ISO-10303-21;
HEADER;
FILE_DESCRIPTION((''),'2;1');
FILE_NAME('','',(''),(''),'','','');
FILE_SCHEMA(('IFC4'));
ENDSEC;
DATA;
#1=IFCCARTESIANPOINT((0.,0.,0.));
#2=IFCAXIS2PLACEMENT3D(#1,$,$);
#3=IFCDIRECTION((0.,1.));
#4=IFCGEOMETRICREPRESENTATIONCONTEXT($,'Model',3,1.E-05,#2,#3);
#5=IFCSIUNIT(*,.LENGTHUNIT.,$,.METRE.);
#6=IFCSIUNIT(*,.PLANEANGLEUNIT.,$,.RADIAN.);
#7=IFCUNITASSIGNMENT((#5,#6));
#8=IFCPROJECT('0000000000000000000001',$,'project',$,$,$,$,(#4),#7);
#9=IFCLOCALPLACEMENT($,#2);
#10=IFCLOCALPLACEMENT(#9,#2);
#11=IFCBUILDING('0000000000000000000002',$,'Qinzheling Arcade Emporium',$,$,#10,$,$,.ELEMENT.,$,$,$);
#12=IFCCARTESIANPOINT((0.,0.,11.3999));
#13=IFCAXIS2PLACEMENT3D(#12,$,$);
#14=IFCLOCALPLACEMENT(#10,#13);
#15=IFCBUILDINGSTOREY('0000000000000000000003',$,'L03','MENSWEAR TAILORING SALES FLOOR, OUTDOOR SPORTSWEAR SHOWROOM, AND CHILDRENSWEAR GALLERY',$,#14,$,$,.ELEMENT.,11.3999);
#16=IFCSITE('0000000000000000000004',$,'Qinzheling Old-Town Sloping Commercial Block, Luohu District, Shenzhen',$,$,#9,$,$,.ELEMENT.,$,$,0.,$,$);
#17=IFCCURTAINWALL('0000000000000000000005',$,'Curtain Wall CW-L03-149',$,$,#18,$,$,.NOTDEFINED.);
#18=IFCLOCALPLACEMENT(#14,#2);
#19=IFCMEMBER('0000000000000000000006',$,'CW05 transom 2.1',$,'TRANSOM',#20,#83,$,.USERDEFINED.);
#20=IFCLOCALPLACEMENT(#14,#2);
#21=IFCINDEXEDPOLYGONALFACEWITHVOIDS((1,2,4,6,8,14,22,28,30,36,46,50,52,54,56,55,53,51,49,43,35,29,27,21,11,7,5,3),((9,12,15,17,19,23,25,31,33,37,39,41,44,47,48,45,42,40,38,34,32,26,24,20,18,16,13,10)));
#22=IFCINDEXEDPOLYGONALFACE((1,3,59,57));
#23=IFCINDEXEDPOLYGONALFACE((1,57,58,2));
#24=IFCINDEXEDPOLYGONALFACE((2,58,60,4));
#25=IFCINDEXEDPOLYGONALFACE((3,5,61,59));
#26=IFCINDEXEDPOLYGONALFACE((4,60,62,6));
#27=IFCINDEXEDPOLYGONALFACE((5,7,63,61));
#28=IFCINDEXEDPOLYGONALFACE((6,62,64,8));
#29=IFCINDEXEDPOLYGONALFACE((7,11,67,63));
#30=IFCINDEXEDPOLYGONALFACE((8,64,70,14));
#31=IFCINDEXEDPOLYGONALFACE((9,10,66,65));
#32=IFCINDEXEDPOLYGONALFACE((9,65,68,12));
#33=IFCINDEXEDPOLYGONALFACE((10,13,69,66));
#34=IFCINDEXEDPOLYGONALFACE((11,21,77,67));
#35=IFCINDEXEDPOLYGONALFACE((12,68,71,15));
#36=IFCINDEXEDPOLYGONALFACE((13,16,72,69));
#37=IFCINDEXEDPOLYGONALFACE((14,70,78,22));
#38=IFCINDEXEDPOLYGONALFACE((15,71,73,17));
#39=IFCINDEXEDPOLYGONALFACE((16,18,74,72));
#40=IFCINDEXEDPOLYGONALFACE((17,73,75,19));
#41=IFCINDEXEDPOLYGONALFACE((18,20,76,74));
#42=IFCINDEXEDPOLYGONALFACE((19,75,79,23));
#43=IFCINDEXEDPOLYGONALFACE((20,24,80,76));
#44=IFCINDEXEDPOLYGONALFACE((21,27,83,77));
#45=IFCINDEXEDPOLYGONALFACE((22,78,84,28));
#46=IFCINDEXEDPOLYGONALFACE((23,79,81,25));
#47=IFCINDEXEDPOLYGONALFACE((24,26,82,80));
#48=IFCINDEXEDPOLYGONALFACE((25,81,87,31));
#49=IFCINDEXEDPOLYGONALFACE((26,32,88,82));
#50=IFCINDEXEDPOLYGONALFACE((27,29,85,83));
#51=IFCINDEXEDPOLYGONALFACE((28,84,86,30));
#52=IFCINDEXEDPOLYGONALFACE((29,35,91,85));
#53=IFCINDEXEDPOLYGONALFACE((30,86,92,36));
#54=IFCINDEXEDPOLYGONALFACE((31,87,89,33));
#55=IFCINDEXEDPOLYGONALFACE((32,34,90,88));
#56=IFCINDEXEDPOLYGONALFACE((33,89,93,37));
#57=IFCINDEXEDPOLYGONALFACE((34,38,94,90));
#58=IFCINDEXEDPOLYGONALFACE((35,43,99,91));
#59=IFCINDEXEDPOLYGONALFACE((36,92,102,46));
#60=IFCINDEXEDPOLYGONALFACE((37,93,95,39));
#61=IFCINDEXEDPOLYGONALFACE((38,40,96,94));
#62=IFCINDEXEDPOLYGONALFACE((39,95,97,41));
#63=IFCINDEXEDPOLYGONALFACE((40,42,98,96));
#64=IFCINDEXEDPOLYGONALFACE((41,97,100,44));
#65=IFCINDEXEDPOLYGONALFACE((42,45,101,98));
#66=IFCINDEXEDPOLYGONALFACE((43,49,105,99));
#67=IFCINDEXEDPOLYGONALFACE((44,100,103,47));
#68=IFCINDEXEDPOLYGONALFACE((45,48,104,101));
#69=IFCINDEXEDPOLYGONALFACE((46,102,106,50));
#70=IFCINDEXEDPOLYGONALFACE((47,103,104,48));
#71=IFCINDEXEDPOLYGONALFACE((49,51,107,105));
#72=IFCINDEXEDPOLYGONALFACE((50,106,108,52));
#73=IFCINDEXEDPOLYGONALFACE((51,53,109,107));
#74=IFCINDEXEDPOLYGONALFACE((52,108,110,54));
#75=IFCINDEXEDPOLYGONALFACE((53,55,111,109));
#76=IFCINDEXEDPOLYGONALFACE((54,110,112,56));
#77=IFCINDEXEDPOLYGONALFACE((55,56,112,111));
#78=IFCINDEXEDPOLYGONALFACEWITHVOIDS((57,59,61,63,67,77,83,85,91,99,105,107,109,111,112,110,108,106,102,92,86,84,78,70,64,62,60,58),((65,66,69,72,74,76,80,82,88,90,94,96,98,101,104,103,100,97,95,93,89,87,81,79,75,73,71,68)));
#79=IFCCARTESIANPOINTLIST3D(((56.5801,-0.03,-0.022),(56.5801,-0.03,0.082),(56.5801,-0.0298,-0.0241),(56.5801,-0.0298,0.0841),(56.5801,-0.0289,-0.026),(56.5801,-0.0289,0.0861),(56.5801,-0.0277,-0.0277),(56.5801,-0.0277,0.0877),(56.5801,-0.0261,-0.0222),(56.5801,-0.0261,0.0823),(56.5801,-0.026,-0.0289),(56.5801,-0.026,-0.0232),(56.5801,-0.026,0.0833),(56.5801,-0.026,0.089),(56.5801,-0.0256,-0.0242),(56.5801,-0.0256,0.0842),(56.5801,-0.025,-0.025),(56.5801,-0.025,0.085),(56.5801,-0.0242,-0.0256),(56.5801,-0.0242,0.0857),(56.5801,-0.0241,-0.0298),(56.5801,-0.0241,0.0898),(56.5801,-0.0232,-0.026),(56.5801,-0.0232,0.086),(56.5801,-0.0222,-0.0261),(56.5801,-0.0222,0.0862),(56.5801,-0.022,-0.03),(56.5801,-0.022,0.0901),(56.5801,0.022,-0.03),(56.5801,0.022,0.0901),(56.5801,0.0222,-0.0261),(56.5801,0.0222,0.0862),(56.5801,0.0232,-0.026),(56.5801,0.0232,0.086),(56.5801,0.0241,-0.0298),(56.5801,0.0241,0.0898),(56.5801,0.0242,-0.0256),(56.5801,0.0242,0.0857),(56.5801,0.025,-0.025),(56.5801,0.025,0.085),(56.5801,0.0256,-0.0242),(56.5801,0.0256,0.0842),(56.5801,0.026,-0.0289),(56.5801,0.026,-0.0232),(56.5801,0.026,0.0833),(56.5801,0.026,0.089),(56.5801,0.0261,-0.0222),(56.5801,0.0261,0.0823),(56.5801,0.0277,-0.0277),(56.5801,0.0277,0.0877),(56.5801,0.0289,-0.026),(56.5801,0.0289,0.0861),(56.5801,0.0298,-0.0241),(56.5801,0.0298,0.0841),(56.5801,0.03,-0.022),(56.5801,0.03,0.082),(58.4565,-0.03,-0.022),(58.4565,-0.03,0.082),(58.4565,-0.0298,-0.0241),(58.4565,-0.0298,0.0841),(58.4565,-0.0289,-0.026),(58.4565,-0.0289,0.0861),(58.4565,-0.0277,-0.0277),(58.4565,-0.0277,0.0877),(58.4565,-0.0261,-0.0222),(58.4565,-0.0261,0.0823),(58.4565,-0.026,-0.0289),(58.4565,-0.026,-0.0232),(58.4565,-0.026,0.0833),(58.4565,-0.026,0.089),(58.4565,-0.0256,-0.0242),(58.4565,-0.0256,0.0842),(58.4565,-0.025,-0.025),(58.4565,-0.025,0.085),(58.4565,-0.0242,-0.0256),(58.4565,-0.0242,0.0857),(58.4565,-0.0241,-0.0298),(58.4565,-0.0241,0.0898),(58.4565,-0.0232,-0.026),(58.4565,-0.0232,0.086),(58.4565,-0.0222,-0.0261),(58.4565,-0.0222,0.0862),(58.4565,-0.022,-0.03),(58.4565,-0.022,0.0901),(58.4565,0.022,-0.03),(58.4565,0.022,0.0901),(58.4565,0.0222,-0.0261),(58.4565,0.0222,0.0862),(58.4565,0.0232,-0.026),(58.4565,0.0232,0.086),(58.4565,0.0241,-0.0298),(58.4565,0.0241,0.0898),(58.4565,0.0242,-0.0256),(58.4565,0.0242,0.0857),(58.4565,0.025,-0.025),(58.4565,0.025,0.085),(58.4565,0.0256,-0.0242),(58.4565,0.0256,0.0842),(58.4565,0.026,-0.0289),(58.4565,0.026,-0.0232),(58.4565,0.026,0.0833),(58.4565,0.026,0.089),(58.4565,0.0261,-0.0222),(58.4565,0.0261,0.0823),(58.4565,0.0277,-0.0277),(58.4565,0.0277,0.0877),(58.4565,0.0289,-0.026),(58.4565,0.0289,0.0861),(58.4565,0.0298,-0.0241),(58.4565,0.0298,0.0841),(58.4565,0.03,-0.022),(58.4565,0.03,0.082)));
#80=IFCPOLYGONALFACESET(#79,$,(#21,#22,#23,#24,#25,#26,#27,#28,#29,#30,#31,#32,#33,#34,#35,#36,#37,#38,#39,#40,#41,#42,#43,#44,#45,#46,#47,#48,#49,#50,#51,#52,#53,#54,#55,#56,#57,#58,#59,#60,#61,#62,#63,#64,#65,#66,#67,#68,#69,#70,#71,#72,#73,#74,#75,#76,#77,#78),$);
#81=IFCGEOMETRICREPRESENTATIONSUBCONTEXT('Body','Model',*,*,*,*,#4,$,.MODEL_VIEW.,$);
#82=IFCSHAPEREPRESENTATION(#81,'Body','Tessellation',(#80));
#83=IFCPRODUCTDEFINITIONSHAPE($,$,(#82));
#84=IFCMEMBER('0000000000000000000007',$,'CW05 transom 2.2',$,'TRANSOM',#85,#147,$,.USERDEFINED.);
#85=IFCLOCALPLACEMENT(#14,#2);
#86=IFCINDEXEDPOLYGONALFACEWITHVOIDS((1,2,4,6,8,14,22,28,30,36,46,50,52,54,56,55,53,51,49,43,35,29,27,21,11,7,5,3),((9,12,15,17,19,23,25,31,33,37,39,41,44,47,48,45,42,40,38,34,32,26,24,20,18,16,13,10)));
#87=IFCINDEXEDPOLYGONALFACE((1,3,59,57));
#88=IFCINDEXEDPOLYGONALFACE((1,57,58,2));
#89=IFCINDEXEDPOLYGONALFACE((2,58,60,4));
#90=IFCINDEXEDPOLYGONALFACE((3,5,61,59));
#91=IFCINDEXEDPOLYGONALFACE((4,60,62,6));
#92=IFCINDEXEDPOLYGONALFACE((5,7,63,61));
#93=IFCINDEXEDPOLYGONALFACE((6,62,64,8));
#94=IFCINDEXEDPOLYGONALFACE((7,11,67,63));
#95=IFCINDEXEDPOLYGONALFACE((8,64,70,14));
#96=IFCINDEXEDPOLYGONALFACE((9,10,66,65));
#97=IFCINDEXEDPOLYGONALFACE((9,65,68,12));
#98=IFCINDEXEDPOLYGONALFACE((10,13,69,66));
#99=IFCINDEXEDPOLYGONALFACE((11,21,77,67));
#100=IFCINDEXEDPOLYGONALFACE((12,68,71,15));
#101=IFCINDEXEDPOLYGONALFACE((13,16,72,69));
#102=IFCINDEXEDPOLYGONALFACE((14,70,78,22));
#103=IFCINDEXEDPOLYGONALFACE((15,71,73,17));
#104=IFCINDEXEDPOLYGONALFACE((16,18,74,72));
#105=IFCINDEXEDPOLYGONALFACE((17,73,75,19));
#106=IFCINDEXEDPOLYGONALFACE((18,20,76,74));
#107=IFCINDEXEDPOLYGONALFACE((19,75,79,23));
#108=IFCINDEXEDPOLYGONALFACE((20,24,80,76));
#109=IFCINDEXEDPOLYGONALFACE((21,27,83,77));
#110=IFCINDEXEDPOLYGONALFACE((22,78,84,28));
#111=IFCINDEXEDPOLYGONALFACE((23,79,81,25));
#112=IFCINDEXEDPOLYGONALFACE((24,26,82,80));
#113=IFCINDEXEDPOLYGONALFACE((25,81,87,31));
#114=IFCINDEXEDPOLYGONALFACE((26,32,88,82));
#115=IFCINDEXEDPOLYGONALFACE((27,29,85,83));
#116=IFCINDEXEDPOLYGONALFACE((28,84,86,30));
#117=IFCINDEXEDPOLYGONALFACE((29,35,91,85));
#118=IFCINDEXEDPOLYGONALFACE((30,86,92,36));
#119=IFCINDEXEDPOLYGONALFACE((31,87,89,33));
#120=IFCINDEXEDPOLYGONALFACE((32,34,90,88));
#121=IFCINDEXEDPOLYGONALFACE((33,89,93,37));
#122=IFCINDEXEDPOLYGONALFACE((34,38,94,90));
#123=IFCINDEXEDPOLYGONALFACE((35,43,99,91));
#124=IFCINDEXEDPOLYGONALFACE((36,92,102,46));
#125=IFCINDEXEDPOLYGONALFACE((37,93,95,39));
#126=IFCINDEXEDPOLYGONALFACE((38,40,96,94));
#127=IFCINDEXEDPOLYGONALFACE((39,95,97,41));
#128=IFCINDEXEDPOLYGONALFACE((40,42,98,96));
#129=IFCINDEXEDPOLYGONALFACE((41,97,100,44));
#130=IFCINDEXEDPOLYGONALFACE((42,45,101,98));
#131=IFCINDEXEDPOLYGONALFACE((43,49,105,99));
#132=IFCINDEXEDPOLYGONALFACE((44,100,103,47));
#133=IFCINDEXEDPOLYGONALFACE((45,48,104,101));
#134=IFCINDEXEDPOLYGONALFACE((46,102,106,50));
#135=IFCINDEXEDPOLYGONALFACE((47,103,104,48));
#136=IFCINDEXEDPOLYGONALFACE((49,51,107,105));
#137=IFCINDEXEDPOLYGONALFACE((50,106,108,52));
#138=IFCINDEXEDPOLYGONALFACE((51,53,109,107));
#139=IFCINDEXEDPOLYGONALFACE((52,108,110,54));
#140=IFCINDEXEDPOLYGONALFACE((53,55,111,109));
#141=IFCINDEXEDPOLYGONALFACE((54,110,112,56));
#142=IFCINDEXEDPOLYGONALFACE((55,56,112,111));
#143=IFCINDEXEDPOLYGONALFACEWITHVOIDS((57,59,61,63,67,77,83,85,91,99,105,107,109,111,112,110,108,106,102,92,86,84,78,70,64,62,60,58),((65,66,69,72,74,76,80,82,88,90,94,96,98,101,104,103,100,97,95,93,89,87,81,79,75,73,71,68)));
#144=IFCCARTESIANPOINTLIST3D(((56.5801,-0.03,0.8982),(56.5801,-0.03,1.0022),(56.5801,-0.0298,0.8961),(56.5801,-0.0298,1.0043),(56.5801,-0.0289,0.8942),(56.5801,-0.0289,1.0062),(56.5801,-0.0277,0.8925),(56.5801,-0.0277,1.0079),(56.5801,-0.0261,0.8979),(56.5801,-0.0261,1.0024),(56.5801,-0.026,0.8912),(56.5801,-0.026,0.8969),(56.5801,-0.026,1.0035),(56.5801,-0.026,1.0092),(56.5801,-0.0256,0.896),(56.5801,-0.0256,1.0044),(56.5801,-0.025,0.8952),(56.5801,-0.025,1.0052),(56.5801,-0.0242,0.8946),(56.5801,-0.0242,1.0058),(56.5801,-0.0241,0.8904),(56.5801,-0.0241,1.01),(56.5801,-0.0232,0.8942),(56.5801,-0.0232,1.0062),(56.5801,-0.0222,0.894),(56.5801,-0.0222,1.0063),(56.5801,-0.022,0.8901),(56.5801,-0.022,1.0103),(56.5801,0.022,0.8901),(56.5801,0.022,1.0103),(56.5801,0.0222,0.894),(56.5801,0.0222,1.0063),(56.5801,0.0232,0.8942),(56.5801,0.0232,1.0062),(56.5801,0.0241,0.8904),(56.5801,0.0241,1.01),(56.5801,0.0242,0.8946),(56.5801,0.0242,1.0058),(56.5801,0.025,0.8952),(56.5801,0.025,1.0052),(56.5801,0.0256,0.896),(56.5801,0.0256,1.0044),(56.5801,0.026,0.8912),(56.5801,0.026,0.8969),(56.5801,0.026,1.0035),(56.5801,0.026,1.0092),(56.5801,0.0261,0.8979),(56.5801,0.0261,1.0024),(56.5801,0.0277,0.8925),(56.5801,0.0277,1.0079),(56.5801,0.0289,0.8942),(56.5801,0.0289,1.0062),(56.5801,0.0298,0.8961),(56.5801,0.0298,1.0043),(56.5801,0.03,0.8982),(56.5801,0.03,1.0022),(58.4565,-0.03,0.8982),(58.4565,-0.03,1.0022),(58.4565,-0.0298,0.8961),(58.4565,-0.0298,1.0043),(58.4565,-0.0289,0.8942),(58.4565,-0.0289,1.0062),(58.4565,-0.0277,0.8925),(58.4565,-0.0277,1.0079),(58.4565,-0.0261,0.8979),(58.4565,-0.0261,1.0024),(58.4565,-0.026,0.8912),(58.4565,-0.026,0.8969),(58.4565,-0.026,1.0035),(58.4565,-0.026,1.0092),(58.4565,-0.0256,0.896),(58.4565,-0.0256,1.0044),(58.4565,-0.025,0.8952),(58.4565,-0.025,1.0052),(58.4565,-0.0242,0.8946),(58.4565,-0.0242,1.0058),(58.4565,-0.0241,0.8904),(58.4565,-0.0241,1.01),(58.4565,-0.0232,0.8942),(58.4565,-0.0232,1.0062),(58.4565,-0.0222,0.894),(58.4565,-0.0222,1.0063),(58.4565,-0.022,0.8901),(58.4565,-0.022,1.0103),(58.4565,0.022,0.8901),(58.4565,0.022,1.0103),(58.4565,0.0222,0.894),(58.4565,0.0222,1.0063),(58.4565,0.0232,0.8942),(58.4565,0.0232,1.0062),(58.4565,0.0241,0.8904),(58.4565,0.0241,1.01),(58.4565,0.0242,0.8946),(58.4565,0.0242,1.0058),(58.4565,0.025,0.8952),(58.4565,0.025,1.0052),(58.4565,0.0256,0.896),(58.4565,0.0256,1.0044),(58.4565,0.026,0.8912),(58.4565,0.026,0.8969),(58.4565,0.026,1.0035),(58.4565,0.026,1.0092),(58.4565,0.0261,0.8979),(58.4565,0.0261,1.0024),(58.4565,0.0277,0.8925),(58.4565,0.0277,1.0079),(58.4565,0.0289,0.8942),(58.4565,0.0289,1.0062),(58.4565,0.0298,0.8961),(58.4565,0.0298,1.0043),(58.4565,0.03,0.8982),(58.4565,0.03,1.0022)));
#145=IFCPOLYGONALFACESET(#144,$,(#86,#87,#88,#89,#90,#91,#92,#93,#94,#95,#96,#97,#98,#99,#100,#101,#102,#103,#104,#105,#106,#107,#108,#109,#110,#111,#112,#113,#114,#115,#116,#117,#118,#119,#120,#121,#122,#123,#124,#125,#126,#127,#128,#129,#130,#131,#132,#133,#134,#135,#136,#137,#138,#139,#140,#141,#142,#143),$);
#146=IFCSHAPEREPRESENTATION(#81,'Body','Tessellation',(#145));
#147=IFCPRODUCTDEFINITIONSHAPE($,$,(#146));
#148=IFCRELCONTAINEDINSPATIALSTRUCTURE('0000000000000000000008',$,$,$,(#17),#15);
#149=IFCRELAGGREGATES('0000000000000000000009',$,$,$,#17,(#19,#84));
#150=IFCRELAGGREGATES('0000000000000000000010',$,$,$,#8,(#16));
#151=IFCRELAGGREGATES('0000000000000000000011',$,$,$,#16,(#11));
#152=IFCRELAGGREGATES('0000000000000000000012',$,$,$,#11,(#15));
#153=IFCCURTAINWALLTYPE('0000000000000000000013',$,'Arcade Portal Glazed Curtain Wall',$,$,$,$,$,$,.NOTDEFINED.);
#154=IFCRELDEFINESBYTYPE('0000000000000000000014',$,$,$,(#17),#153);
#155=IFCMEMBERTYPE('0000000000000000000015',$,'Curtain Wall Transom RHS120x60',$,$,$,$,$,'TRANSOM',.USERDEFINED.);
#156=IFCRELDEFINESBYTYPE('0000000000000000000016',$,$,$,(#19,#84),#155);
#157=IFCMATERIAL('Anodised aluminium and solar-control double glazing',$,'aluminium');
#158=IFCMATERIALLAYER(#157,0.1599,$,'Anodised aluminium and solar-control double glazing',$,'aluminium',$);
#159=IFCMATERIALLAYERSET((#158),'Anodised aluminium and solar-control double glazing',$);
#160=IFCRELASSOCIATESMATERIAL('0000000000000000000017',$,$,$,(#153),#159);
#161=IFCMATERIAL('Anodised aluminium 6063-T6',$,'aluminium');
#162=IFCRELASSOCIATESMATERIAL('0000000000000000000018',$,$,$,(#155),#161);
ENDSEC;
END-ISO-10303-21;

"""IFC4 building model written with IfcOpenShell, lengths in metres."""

from ifc_helpers import new_model, si_unit, direction, frame, origin, origin_2d, place, context, subcontext, project, spatial, hollow_rectangle, extrude, material, layer, layer_set, material_profile, profile_set, type_object, element, aggregate, save


model = new_model("IFC4")

# Units and contexts
model_context = context("Model", 3, precision=1e-05, world=origin(), true_north=direction((0.0, 1.0)))
body_context = subcontext(model_context, "Body", "Model", "MODEL_VIEW")
ifc_project = project(units=[si_unit("LENGTHUNIT", "METRE"), si_unit("PLANEANGLEUNIT", "RADIAN")], contexts=[model_context])

# Site, building, storey
site_placement = place(None, origin())
site = spatial("IfcSite", under=ifc_project, at=site_placement, Name="Qinzheling Old-Town Sloping Commercial Block, Luohu District, Shenzhen", CompositionType="ELEMENT", RefElevation=0.0)
building_placement = place(site_placement, origin())
building = spatial("IfcBuilding", under=site, at=building_placement, Name="Qinzheling Arcade Emporium", CompositionType="ELEMENT")
storey_placement = place(building_placement, frame((0.0, 0.0, 11.3999)))
storey = spatial("IfcBuildingStorey", under=building, at=storey_placement, Name="L03", Description="MENSWEAR TAILORING SALES FLOOR, OUTDOOR SPORTSWEAR SHOWROOM, AND CHILDRENSWEAR GALLERY", CompositionType="ELEMENT", Elevation=11.3999)

# Curtain wall
ifc_material_1 = material(Name="Anodised aluminium and solar-control double glazing", Category="aluminium")
ifc_layer_1 = layer(ifc_material_1, 0.1599, Name="Anodised aluminium and solar-control double glazing", Category="aluminium")
ifc_layer_set_1 = layer_set([ifc_layer_1], Name="Anodised aluminium and solar-control double glazing")
curtain_wall_type = type_object("IfcCurtainWallType", Name="Arcade Portal Glazed Curtain Wall", PredefinedType="NOTDEFINED", material=ifc_layer_set_1)
curtain_wall_1_placement = place(storey_placement, origin())
curtain_wall_1 = element("IfcCurtainWall", 1, at=curtain_wall_1_placement, inside=storey, type_object=curtain_wall_type, Name="Curtain Wall CW-L03-149", PredefinedType="NOTDEFINED")
ifc_material_2 = material(Name="Anodised aluminium 6063-T6", Category="aluminium")

# Members
ifc_material_profile_1 = material_profile(ifc_material_2, hollow_rectangle(XDim=0.0601, YDim=0.1201, WallThickness=0.0039, InnerFilletRadius=0.0039, OuterFilletRadius=0.0081, at=origin_2d()), Name="RHS 120x60x4", Category="aluminium")
ifc_profile_set_1 = profile_set([ifc_material_profile_1], Name="Anodised aluminium 6063-T6")
member_type_1 = type_object("IfcMemberType", Name="Curtain Wall Transom RHS120x60", ElementType="TRANSOM", PredefinedType="USERDEFINED", material=ifc_profile_set_1)
member_1_placement = place(storey_placement, frame((58.4565, 0.0, 0.03), z_axis=(-1.0, 0.0, 0.0), x_axis=(0.0, -1.0, 0.0)))
member_1 = element("IfcMember", 2, at=member_1_placement, type_object=member_type_1, Name="CW05 transom 2.1", ObjectType="TRANSOM", PredefinedType="USERDEFINED", context=body_context, shape_type="SweptSolid", body=[
    extrude(hollow_rectangle(XDim=0.0601, YDim=0.1201, WallThickness=0.0039, InnerFilletRadius=0.0039, OuterFilletRadius=0.0081, at=origin_2d()), origin(), (0.0, 0.0, 1.0), 1.8765),
])
member_2_placement = place(storey_placement, frame((58.4565, 0.0, 0.9502), z_axis=(-1.0, 0.0, 0.0), x_axis=(0.0, -1.0, 0.0)))
member_2 = element("IfcMember", 3, at=member_2_placement, type_object=member_type_1, Name="CW05 transom 2.2", ObjectType="TRANSOM", PredefinedType="USERDEFINED", context=body_context, shape_type="SweptSolid", body=[
    extrude(hollow_rectangle(XDim=0.0601, YDim=0.1201, WallThickness=0.0039, InnerFilletRadius=0.0039, OuterFilletRadius=0.0081, at=origin_2d()), origin(), (0.0, 0.0, 1.0), 1.8765),
])

aggregate(curtain_wall_1, [member_1, member_2])

save(model, "model.ifc")
